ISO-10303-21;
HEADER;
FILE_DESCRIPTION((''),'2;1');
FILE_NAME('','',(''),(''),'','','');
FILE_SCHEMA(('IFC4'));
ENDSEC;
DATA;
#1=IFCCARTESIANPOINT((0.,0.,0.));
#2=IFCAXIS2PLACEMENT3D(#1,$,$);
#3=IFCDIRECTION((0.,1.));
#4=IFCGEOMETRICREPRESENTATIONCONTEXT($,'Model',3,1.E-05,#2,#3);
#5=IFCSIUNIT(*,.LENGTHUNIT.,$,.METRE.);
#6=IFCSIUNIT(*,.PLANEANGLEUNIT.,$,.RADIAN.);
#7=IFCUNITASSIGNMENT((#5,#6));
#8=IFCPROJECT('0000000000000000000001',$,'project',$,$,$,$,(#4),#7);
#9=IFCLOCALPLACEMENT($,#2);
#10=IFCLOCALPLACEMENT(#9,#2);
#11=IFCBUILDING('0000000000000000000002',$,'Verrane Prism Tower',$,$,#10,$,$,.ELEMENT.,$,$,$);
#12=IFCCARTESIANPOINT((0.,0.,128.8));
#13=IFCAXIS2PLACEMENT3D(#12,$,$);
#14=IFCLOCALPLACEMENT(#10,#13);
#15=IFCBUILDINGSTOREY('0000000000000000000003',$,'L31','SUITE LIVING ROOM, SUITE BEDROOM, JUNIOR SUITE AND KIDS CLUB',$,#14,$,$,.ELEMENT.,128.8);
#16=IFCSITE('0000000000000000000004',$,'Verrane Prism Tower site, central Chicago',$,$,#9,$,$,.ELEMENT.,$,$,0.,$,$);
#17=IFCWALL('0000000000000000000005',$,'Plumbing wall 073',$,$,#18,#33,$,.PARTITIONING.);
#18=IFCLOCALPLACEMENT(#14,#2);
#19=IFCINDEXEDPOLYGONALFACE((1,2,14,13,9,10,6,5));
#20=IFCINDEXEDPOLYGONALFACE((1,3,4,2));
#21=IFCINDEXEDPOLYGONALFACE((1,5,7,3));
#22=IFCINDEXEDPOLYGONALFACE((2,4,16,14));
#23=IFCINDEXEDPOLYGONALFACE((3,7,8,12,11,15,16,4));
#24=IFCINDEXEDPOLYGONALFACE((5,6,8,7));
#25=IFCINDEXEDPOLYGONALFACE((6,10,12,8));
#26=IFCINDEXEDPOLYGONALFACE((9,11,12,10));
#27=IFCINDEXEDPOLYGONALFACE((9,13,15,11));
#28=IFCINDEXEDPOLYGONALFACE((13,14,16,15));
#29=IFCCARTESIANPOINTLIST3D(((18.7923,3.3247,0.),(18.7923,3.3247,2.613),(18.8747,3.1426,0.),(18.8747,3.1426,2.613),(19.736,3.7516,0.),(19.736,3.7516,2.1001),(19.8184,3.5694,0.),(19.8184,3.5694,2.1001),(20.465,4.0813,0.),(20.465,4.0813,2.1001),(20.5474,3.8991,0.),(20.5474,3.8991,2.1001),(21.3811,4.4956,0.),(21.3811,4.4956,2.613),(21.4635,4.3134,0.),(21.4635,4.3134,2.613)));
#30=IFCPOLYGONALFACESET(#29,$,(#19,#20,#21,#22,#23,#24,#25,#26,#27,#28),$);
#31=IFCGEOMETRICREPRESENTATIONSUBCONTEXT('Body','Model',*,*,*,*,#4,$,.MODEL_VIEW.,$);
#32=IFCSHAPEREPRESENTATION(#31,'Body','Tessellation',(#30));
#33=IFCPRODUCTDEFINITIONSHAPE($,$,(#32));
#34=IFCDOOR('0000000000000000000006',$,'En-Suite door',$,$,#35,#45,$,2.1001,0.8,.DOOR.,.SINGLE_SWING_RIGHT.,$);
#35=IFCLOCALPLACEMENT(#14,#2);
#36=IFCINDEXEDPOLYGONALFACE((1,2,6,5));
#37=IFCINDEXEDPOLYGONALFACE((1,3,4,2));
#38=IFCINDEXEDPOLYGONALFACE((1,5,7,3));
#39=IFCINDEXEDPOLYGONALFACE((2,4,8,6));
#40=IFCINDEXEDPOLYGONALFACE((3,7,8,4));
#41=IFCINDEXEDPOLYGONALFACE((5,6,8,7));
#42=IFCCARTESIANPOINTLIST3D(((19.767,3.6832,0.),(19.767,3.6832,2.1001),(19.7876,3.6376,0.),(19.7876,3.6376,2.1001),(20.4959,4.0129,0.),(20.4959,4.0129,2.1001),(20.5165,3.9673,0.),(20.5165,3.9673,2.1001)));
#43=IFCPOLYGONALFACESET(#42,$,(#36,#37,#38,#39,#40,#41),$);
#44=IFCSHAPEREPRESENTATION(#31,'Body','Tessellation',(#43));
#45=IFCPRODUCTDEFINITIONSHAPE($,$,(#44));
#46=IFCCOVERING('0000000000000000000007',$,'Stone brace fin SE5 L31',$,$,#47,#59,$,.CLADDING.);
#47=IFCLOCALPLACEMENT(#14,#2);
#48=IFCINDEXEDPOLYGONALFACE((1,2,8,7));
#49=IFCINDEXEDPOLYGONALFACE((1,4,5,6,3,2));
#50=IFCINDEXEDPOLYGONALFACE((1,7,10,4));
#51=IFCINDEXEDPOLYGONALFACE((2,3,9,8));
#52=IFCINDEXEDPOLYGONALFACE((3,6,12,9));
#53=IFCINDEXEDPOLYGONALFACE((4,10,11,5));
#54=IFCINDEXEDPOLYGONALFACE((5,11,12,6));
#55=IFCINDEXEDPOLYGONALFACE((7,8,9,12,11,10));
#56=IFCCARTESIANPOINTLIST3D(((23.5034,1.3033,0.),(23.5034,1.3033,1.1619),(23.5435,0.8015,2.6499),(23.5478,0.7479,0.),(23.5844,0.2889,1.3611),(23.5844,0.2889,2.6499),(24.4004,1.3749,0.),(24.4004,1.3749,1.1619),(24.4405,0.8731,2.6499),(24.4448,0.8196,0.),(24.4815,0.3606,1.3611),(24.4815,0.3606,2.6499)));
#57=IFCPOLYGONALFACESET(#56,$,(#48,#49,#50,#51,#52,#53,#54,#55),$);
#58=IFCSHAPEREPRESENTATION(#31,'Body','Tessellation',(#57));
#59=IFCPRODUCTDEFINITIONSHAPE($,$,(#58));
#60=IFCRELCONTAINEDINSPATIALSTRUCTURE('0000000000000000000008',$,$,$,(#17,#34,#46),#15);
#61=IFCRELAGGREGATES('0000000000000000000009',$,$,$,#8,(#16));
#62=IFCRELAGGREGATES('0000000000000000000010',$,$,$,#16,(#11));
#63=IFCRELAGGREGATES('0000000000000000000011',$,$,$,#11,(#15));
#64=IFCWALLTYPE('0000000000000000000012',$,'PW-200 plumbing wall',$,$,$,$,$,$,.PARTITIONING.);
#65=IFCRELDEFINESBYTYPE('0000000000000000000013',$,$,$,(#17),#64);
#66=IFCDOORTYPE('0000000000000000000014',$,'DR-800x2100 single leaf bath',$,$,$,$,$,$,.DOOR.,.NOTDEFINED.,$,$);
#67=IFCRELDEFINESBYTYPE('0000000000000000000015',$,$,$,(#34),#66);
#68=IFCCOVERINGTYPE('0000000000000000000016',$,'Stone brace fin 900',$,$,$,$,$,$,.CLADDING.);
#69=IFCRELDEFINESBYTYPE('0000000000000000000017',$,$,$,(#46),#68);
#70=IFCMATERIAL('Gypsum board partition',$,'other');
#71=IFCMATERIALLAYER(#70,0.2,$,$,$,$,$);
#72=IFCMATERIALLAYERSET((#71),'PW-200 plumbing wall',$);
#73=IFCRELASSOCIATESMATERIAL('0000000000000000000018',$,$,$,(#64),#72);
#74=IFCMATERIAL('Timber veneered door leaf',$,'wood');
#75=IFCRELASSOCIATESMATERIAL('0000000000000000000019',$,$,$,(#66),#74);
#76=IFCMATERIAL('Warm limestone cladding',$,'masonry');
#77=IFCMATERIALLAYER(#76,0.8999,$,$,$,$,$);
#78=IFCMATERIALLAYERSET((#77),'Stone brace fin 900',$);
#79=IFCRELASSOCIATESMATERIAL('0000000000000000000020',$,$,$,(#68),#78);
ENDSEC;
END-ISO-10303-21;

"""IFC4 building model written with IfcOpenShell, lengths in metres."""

from ifc_helpers import new_model, si_unit, direction, frame, frame_2d, origin, place, context, subcontext, project, spatial, polyline, rectangle, outline, extrude, material, layer, layer_set, type_object, element, fill, save


model = new_model("IFC4")

# Units and contexts
model_context = context("Model", 3, precision=1e-05, world=origin(), true_north=direction((0.0, 1.0)))
body_context = subcontext(model_context, "Body", "Model", "MODEL_VIEW")
ifc_project = project(units=[si_unit("LENGTHUNIT", "METRE"), si_unit("PLANEANGLEUNIT", "RADIAN")], contexts=[model_context])

# Site, building, storey
site_placement = place(None, origin())
site = spatial("IfcSite", under=ifc_project, at=site_placement, Name="Verrane Prism Tower site, central Chicago", CompositionType="ELEMENT", RefElevation=0.0)
building_placement = place(site_placement, origin())
building = spatial("IfcBuilding", under=site, at=building_placement, Name="Verrane Prism Tower", CompositionType="ELEMENT")
storey_placement = place(building_placement, frame((0.0, 0.0, 128.8)))
storey = spatial("IfcBuildingStorey", under=building, at=storey_placement, Name="L31", Description="SUITE LIVING ROOM, SUITE BEDROOM, JUNIOR SUITE AND KIDS CLUB", CompositionType="ELEMENT", Elevation=128.8)

# Shared definitions
ifc_material_1 = material(Name="Gypsum board partition", Category="other")
ifc_layer_1 = layer(ifc_material_1, 0.2)
ifc_layer_set_1 = layer_set([ifc_layer_1], Name="PW-200 plumbing wall")
wall_type_1 = type_object("IfcWallType", Name="PW-200 plumbing wall", PredefinedType="PARTITIONING", material=ifc_layer_set_1)

# Wall, opening, door
wall_1_placement = place(storey_placement, frame((18.8335, 3.2336, 0.0), z_axis=(0.0, 0.0, 1.0), x_axis=(0.911142, 0.412093, 0.0)))
wall_1 = element("IfcWall", 1, at=wall_1_placement, inside=storey, type_object=wall_type_1, Name="Plumbing wall 073", PredefinedType="PARTITIONING", context=body_context, shape_type="SweptSolid", body=[
    extrude(rectangle(XDim=2.8413, YDim=0.2, at=frame_2d((1.4207, 0.0))), origin(), (0.0, 0.0, 1.0), 2.613),
])
opening_1_placement = place(wall_1_placement, frame((1.0359, 0.0, 0.0)))
opening_1 = element("IfcOpeningElement", 2, at=opening_1_placement, cuts=wall_1, PredefinedType="OPENING", context=body_context, shape_type="SweptSolid", body=[
    extrude(rectangle(XDim=0.8, YDim=2.1001, at=frame_2d((0.3999, 1.05))), frame((0.0, 0.1099, 0.0), z_axis=(0.0, -1.0, 0.0), x_axis=(1.0, 0.0, 0.0)), (0.0, 0.0, 1.0), 0.22),
])
ifc_material_2 = material(Name="Timber veneered door leaf", Category="wood")
door_type_1 = type_object("IfcDoorType", Name="DR-800x2100 single leaf bath", OperationType="NOTDEFINED", PredefinedType="DOOR", material=ifc_material_2)
door_1_placement = place(opening_1_placement, origin())
door_1 = element("IfcDoor", 3, at=door_1_placement, inside=storey, type_object=door_type_1, Name="En-Suite door", OperationType="SINGLE_SWING_RIGHT", OverallHeight=2.1001, OverallWidth=0.8, PredefinedType="DOOR", context=body_context, shape_type="SweptSolid", body=[
    extrude(rectangle(XDim=0.8, YDim=2.1001, at=frame_2d((0.3999, 1.05))), frame((0.0, 0.0249, 0.0), z_axis=(0.0, -1.0, 0.0), x_axis=(1.0, 0.0, 0.0)), (0.0, 0.0, 1.0), 0.05),
])
fill(opening_1, door_1)

# Covering
ifc_material_3 = material(Name="Warm limestone cladding", Category="masonry")
ifc_layer_2 = layer(ifc_material_3, 0.8999)
ifc_layer_set_2 = layer_set([ifc_layer_2], Name="Stone brace fin 900")
covering_type = type_object("IfcCoveringType", Name="Stone brace fin 900", PredefinedType="CLADDING", material=ifc_layer_set_2)
covering_placement = place(storey_placement, frame((23.9519, 1.3391, 0.0), z_axis=(0.0, 0.0, 1.0), x_axis=(0.07965, -0.996823, 0.0)))
element("IfcCovering", 4, at=covering_placement, inside=storey, type_object=covering_type, Name="Stone brace fin SE5 L31", PredefinedType="CLADDING", context=body_context, shape_type="SweptSolid", body=[
    extrude(outline(polyline([(1.0176, 2.6499), (0.5034, 2.6499), (0.0, 1.1619), (0.0, 0.0), (0.5571, 0.0), (1.0176, 1.3611), (1.0176, 2.6499)])), frame((0.0, 0.45, 0.0), z_axis=(0.0, -1.0, 0.0), x_axis=(1.0, 0.0, 0.0)), (0.0, 0.0, 1.0), 0.8999),
])

save(model, "model.ifc")
